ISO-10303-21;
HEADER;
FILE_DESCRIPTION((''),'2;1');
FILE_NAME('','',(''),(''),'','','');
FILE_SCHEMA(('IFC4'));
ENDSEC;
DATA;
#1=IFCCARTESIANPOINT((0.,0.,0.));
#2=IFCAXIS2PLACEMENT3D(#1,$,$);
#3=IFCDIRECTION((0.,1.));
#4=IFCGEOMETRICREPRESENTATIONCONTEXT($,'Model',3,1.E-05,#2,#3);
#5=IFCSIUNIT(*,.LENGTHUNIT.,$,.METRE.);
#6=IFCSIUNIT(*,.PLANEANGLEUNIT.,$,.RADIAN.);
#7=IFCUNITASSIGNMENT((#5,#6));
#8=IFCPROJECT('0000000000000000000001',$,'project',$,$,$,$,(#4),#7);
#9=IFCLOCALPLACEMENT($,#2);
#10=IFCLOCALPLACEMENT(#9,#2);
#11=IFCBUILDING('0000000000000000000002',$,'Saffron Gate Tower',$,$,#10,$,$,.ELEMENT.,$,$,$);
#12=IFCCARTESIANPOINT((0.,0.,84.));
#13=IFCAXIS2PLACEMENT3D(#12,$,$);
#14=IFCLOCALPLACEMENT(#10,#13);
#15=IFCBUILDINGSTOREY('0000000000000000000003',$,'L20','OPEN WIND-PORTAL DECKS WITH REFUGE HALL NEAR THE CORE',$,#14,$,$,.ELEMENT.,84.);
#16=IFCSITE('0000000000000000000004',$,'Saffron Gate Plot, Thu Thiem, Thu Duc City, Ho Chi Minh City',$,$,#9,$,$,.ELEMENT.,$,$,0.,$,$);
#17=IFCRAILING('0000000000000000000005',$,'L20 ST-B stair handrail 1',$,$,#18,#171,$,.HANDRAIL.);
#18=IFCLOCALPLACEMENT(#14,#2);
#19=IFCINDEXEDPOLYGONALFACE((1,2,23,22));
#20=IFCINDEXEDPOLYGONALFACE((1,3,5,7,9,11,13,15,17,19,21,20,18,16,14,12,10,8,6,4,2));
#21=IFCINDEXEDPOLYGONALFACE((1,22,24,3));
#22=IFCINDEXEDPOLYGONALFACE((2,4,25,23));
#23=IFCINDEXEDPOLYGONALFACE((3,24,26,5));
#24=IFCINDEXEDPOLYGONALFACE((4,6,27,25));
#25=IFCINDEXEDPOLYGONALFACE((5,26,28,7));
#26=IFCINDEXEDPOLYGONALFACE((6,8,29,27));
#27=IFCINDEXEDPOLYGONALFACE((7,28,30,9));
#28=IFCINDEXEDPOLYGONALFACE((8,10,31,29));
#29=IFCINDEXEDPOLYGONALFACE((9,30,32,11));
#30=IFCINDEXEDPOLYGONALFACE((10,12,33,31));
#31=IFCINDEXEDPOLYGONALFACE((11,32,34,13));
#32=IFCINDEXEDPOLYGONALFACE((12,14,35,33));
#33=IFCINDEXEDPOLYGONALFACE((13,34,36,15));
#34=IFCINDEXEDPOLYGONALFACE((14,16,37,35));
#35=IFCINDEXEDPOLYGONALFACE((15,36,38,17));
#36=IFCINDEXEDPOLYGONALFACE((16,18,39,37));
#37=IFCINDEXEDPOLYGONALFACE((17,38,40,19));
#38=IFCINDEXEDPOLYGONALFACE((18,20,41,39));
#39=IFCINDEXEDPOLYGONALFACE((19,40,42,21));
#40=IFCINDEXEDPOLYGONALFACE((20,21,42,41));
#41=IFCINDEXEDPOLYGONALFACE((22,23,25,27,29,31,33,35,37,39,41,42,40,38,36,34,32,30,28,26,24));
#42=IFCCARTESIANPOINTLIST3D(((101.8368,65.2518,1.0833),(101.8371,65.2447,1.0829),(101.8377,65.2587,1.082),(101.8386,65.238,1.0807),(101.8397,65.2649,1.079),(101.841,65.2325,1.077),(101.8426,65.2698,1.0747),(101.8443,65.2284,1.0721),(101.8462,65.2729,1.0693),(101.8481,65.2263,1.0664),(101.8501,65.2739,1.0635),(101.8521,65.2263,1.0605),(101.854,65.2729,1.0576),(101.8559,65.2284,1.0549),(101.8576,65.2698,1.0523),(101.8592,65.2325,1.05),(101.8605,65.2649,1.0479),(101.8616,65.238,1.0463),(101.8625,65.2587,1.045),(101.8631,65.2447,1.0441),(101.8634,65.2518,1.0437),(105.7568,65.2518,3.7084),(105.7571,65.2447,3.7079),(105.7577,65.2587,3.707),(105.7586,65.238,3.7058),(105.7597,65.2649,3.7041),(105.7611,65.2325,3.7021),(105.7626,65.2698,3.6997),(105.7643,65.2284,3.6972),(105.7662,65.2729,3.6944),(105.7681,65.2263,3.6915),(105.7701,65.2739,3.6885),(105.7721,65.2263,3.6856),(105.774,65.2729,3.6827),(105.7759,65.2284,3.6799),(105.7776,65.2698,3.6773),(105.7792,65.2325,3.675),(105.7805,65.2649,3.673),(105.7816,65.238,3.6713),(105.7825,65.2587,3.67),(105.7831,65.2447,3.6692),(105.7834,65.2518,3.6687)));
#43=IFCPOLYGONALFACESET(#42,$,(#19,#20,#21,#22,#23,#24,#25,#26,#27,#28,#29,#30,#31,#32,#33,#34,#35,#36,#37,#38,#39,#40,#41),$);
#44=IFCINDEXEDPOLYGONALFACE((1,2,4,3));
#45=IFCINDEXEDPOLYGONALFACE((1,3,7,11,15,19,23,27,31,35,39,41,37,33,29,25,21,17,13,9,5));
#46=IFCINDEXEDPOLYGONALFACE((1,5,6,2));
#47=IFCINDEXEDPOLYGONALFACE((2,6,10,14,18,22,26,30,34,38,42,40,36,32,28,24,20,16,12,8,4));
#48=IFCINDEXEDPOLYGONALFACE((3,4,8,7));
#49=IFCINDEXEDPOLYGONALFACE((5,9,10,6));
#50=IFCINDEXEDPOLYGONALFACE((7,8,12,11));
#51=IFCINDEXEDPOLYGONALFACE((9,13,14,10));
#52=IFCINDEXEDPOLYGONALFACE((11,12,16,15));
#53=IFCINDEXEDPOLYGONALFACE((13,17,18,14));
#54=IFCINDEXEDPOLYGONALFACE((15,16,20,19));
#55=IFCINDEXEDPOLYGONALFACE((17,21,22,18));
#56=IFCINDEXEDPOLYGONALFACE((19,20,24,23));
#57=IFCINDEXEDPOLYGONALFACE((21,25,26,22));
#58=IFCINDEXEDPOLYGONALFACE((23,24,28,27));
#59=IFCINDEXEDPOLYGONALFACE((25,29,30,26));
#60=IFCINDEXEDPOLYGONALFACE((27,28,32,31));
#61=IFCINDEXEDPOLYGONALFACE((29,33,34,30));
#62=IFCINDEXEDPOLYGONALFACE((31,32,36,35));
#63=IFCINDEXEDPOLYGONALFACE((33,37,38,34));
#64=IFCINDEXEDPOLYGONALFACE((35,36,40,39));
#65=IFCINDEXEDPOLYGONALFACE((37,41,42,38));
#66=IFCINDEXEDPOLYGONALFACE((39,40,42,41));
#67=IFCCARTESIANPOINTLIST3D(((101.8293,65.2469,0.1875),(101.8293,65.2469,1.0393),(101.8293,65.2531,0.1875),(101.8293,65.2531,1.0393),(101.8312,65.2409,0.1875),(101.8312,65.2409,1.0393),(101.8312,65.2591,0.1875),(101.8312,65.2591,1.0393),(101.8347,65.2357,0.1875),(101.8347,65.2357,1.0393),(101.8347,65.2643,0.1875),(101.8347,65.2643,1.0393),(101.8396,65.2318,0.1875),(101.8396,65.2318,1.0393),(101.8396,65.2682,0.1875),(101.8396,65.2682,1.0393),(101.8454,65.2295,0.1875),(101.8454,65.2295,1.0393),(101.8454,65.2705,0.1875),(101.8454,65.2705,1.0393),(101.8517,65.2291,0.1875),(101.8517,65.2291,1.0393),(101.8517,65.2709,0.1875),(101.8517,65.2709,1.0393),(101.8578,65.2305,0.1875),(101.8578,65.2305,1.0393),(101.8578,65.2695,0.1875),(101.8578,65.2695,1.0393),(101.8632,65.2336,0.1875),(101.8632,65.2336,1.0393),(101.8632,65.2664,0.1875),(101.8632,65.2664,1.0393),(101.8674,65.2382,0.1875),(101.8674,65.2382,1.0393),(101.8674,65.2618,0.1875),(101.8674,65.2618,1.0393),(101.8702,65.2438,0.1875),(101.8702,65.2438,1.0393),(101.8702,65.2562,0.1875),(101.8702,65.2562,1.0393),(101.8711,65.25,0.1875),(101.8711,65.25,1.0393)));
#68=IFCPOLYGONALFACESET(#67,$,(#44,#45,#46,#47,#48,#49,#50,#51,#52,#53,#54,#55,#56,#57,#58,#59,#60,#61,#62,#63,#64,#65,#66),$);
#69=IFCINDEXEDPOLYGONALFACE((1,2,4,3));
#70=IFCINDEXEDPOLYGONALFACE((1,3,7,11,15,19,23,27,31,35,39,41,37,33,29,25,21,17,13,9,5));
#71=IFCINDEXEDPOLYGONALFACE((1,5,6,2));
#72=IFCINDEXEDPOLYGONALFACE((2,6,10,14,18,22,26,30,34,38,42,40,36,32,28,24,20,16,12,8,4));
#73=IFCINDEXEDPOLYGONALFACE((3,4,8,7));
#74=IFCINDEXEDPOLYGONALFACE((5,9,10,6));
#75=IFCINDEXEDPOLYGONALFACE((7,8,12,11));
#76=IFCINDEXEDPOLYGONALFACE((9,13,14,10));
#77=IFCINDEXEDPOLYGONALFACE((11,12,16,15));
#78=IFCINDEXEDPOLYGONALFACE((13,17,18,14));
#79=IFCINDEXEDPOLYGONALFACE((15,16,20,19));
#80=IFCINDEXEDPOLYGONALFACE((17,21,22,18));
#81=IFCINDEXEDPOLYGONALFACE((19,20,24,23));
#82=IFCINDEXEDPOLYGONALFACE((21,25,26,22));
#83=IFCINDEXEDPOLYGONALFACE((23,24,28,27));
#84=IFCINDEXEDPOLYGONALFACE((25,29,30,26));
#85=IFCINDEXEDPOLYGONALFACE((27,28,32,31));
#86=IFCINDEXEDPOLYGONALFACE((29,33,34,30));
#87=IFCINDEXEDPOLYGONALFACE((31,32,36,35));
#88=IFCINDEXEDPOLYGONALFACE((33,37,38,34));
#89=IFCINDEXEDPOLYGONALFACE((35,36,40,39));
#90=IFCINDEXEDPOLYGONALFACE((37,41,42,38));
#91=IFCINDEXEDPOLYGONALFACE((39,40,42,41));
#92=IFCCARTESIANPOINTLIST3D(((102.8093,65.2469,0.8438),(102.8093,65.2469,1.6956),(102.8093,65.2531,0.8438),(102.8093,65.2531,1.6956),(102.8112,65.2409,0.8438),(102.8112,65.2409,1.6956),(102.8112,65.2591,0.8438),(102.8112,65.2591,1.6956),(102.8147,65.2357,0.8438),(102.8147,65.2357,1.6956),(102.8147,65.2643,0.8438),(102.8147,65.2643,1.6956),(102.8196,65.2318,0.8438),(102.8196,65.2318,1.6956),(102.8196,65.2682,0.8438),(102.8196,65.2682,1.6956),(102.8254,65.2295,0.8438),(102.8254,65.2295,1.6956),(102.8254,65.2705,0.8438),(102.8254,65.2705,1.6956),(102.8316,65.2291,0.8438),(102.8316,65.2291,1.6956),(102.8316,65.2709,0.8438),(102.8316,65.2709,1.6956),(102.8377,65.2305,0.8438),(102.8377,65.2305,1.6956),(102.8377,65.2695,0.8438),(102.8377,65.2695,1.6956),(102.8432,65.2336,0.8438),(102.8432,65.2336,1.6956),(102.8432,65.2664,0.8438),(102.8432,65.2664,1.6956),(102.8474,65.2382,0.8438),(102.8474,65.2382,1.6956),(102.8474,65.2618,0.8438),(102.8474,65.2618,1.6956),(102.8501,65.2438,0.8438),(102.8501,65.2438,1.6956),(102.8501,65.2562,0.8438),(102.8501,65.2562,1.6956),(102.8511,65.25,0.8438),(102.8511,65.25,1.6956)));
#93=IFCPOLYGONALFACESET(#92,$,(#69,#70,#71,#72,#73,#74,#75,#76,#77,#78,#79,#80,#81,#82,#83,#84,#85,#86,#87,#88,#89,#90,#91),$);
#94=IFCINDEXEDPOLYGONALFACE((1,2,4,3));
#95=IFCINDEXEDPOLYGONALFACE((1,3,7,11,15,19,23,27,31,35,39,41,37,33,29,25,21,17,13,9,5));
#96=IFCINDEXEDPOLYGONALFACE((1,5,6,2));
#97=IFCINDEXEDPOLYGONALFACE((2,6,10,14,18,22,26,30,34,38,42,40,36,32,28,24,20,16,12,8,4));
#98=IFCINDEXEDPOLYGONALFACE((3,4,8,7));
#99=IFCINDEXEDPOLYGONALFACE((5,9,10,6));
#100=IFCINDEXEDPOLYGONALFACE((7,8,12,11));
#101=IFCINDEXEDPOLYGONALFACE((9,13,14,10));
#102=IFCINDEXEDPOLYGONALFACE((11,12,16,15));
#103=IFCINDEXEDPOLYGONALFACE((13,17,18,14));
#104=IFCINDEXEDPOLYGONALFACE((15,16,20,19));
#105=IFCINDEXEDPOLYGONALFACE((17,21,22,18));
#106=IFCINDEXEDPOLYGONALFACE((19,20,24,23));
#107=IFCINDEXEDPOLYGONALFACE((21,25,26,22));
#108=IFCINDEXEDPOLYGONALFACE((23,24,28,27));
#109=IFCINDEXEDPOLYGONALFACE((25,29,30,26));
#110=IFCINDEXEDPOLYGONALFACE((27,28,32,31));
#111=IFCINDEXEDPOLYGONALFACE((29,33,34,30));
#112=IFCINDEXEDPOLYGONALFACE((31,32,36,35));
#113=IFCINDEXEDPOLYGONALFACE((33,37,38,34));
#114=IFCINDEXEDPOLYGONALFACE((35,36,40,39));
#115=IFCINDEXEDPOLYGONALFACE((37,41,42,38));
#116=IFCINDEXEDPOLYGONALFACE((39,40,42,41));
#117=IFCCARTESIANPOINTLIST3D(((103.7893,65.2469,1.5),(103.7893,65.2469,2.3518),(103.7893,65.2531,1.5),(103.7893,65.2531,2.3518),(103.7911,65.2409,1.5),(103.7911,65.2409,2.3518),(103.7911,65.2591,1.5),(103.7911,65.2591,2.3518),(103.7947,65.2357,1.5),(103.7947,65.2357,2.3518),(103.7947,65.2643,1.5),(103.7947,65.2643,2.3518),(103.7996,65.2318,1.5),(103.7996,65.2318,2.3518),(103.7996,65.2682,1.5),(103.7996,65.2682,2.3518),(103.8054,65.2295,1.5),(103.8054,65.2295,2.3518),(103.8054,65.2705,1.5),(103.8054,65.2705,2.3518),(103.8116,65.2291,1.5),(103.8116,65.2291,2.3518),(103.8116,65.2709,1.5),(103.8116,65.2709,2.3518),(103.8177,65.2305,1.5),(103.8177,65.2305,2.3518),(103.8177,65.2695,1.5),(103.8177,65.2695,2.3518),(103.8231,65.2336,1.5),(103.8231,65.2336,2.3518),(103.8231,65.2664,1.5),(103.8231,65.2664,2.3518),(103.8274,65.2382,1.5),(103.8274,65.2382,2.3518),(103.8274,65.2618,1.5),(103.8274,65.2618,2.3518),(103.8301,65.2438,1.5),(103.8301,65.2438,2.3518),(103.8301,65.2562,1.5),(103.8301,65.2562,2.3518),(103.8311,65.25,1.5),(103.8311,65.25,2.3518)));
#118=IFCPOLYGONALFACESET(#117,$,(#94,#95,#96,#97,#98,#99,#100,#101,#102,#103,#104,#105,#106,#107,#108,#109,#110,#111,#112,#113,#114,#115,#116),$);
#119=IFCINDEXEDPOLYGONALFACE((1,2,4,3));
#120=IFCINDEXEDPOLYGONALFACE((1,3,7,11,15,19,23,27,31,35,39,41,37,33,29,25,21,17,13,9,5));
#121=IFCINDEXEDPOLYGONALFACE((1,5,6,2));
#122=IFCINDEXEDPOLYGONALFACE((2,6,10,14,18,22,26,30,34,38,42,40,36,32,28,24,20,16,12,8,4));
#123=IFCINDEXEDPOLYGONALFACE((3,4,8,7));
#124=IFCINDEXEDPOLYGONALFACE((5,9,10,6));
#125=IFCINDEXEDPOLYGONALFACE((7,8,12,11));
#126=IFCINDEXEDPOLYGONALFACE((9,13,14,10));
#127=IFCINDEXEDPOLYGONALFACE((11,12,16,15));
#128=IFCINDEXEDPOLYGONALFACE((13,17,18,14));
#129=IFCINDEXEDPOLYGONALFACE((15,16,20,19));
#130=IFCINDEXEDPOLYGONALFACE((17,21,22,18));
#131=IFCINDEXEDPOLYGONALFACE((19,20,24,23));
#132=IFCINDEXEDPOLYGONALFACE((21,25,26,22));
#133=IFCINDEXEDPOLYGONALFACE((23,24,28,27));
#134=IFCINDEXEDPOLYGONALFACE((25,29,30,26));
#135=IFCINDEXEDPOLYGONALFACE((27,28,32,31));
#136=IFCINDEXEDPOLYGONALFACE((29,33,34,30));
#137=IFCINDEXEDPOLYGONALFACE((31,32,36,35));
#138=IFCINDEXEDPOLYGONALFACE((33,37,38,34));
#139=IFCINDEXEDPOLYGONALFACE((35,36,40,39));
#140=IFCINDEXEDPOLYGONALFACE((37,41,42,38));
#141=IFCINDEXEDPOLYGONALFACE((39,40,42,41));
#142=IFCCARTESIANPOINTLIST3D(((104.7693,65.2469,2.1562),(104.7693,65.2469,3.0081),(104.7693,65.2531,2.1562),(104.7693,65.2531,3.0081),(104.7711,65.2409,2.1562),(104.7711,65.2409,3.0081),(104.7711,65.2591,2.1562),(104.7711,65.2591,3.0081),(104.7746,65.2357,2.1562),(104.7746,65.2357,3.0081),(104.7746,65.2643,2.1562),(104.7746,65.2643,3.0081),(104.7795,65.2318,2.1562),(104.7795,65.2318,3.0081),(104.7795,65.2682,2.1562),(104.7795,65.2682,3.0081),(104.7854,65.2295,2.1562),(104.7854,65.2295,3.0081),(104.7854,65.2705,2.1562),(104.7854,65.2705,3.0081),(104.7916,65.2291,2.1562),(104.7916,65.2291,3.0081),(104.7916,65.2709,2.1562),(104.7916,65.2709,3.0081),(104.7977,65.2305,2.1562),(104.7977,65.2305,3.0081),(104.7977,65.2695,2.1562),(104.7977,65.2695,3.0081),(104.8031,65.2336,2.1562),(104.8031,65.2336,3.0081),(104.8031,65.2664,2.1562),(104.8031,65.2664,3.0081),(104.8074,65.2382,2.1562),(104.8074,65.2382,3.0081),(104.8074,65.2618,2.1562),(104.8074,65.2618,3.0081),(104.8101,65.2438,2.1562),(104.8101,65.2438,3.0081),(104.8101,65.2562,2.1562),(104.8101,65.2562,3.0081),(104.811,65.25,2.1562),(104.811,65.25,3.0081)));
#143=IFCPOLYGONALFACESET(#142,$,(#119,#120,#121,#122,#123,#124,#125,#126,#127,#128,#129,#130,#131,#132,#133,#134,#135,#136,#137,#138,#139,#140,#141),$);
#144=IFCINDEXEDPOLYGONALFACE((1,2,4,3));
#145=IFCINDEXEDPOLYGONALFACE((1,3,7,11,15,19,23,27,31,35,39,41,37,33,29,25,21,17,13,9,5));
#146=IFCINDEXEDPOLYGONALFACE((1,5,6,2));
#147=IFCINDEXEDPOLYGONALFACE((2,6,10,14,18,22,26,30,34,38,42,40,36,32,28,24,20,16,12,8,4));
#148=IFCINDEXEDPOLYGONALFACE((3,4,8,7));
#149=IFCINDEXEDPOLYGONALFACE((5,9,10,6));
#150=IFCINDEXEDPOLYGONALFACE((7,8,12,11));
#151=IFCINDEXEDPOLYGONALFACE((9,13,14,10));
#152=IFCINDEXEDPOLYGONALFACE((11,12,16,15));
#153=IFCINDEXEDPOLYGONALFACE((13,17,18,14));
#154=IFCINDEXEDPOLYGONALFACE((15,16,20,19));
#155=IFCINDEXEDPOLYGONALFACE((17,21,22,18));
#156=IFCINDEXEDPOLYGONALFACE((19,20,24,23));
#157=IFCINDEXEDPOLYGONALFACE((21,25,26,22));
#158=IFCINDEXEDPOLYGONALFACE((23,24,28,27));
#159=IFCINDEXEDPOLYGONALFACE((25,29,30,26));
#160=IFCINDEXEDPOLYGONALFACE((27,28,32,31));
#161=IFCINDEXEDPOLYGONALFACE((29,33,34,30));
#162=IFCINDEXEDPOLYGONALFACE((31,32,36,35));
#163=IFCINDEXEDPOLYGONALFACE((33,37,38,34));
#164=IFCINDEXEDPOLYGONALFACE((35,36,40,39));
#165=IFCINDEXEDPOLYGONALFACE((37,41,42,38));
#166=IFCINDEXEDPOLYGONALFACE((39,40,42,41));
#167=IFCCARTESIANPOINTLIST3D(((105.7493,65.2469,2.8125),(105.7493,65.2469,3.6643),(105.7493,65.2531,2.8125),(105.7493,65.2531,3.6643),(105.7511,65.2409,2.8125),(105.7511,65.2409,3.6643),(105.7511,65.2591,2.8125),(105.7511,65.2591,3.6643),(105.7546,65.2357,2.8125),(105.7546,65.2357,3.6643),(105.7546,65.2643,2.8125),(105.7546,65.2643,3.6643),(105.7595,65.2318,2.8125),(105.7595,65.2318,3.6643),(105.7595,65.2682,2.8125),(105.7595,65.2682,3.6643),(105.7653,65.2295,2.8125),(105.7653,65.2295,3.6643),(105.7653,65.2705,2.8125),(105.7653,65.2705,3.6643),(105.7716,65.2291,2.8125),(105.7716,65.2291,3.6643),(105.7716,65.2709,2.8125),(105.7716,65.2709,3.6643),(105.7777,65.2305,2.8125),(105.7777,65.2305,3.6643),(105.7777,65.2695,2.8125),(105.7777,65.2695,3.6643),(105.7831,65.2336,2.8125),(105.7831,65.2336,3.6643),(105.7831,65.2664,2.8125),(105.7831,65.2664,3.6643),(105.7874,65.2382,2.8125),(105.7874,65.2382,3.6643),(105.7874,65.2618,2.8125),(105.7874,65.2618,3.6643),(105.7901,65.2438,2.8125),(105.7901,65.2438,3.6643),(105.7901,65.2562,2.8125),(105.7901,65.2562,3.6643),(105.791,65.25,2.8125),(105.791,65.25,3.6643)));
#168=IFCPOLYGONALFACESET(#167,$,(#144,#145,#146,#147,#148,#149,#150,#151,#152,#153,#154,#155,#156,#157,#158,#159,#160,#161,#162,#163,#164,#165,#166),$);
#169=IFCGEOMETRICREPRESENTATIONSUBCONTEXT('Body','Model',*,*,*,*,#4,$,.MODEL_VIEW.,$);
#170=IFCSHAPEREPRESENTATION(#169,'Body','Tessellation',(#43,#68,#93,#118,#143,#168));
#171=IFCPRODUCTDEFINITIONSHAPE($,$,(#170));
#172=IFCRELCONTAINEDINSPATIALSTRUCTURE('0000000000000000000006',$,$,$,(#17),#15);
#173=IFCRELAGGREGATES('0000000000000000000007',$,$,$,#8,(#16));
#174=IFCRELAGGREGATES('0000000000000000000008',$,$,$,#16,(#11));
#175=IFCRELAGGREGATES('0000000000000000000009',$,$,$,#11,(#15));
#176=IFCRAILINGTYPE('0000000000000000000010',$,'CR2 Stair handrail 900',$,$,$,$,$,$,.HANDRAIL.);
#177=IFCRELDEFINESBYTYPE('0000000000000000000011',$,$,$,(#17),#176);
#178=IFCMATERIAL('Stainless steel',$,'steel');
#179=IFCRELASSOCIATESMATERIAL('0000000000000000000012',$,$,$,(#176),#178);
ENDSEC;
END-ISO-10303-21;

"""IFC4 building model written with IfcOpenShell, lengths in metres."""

from ifc_helpers import new_model, si_unit, direction, frame, origin, origin_2d, place, context, subcontext, project, spatial, circle, extrude, material, type_object, element, save


model = new_model("IFC4")

# Units and contexts
model_context = context("Model", 3, precision=1e-05, world=origin(), true_north=direction((0.0, 1.0)))
body_context = subcontext(model_context, "Body", "Model", "MODEL_VIEW")
ifc_project = project(units=[si_unit("LENGTHUNIT", "METRE"), si_unit("PLANEANGLEUNIT", "RADIAN")], contexts=[model_context])

# Site, building, storey
site_placement = place(None, origin())
site = spatial("IfcSite", under=ifc_project, at=site_placement, Name="Saffron Gate Plot, Thu Thiem, Thu Duc City, Ho Chi Minh City", CompositionType="ELEMENT", RefElevation=0.0)
building_placement = place(site_placement, origin())
building = spatial("IfcBuilding", under=site, at=building_placement, Name="Saffron Gate Tower", CompositionType="ELEMENT")
storey_placement = place(building_placement, frame((0.0, 0.0, 84.0)))
storey = spatial("IfcBuildingStorey", under=building, at=storey_placement, Name="L20", Description="OPEN WIND-PORTAL DECKS WITH REFUGE HALL NEAR THE CORE", CompositionType="ELEMENT", Elevation=84.0)

# Railing
ifc_material_1 = material(Name="Stainless steel", Category="steel")
railing_type_1 = type_object("IfcRailingType", Name="CR2 Stair handrail 900", PredefinedType="HANDRAIL", material=ifc_material_1)
railing_1_placement = place(storey_placement, frame((101.8501, 65.25, 0.1875)))
element("IfcRailing", 1, at=railing_1_placement, inside=storey, type_object=railing_type_1, Name="L20 ST-B stair handrail 1", PredefinedType="HANDRAIL", context=body_context, shape_type="SweptSolid", body=[
    extrude(circle(Radius=0.0239, at=origin_2d()), frame((0.0, 0.0, 0.876), z_axis=(0.830902, 0.0, 0.556419), x_axis=(0.0, 1.0, 0.0)), (0.0, 0.0, 1.0), 4.7178),
    extrude(circle(Radius=0.021, at=origin_2d()), origin(), (0.0, 0.0, 1.0), 0.8518),
    extrude(circle(Radius=0.021, at=origin_2d()), frame((0.98, 0.0, 0.6562)), (0.0, 0.0, 1.0), 0.8518),
    extrude(circle(Radius=0.021, at=origin_2d()), frame((1.96, 0.0, 1.3125)), (0.0, 0.0, 1.0), 0.8518),
    extrude(circle(Radius=0.021, at=origin_2d()), frame((2.9399, 0.0, 1.9688)), (0.0, 0.0, 1.0), 0.8518),
    extrude(circle(Radius=0.021, at=origin_2d()), frame((3.9199, 0.0, 2.625)), (0.0, 0.0, 1.0), 0.8518),
])

save(model, "model.ifc")
